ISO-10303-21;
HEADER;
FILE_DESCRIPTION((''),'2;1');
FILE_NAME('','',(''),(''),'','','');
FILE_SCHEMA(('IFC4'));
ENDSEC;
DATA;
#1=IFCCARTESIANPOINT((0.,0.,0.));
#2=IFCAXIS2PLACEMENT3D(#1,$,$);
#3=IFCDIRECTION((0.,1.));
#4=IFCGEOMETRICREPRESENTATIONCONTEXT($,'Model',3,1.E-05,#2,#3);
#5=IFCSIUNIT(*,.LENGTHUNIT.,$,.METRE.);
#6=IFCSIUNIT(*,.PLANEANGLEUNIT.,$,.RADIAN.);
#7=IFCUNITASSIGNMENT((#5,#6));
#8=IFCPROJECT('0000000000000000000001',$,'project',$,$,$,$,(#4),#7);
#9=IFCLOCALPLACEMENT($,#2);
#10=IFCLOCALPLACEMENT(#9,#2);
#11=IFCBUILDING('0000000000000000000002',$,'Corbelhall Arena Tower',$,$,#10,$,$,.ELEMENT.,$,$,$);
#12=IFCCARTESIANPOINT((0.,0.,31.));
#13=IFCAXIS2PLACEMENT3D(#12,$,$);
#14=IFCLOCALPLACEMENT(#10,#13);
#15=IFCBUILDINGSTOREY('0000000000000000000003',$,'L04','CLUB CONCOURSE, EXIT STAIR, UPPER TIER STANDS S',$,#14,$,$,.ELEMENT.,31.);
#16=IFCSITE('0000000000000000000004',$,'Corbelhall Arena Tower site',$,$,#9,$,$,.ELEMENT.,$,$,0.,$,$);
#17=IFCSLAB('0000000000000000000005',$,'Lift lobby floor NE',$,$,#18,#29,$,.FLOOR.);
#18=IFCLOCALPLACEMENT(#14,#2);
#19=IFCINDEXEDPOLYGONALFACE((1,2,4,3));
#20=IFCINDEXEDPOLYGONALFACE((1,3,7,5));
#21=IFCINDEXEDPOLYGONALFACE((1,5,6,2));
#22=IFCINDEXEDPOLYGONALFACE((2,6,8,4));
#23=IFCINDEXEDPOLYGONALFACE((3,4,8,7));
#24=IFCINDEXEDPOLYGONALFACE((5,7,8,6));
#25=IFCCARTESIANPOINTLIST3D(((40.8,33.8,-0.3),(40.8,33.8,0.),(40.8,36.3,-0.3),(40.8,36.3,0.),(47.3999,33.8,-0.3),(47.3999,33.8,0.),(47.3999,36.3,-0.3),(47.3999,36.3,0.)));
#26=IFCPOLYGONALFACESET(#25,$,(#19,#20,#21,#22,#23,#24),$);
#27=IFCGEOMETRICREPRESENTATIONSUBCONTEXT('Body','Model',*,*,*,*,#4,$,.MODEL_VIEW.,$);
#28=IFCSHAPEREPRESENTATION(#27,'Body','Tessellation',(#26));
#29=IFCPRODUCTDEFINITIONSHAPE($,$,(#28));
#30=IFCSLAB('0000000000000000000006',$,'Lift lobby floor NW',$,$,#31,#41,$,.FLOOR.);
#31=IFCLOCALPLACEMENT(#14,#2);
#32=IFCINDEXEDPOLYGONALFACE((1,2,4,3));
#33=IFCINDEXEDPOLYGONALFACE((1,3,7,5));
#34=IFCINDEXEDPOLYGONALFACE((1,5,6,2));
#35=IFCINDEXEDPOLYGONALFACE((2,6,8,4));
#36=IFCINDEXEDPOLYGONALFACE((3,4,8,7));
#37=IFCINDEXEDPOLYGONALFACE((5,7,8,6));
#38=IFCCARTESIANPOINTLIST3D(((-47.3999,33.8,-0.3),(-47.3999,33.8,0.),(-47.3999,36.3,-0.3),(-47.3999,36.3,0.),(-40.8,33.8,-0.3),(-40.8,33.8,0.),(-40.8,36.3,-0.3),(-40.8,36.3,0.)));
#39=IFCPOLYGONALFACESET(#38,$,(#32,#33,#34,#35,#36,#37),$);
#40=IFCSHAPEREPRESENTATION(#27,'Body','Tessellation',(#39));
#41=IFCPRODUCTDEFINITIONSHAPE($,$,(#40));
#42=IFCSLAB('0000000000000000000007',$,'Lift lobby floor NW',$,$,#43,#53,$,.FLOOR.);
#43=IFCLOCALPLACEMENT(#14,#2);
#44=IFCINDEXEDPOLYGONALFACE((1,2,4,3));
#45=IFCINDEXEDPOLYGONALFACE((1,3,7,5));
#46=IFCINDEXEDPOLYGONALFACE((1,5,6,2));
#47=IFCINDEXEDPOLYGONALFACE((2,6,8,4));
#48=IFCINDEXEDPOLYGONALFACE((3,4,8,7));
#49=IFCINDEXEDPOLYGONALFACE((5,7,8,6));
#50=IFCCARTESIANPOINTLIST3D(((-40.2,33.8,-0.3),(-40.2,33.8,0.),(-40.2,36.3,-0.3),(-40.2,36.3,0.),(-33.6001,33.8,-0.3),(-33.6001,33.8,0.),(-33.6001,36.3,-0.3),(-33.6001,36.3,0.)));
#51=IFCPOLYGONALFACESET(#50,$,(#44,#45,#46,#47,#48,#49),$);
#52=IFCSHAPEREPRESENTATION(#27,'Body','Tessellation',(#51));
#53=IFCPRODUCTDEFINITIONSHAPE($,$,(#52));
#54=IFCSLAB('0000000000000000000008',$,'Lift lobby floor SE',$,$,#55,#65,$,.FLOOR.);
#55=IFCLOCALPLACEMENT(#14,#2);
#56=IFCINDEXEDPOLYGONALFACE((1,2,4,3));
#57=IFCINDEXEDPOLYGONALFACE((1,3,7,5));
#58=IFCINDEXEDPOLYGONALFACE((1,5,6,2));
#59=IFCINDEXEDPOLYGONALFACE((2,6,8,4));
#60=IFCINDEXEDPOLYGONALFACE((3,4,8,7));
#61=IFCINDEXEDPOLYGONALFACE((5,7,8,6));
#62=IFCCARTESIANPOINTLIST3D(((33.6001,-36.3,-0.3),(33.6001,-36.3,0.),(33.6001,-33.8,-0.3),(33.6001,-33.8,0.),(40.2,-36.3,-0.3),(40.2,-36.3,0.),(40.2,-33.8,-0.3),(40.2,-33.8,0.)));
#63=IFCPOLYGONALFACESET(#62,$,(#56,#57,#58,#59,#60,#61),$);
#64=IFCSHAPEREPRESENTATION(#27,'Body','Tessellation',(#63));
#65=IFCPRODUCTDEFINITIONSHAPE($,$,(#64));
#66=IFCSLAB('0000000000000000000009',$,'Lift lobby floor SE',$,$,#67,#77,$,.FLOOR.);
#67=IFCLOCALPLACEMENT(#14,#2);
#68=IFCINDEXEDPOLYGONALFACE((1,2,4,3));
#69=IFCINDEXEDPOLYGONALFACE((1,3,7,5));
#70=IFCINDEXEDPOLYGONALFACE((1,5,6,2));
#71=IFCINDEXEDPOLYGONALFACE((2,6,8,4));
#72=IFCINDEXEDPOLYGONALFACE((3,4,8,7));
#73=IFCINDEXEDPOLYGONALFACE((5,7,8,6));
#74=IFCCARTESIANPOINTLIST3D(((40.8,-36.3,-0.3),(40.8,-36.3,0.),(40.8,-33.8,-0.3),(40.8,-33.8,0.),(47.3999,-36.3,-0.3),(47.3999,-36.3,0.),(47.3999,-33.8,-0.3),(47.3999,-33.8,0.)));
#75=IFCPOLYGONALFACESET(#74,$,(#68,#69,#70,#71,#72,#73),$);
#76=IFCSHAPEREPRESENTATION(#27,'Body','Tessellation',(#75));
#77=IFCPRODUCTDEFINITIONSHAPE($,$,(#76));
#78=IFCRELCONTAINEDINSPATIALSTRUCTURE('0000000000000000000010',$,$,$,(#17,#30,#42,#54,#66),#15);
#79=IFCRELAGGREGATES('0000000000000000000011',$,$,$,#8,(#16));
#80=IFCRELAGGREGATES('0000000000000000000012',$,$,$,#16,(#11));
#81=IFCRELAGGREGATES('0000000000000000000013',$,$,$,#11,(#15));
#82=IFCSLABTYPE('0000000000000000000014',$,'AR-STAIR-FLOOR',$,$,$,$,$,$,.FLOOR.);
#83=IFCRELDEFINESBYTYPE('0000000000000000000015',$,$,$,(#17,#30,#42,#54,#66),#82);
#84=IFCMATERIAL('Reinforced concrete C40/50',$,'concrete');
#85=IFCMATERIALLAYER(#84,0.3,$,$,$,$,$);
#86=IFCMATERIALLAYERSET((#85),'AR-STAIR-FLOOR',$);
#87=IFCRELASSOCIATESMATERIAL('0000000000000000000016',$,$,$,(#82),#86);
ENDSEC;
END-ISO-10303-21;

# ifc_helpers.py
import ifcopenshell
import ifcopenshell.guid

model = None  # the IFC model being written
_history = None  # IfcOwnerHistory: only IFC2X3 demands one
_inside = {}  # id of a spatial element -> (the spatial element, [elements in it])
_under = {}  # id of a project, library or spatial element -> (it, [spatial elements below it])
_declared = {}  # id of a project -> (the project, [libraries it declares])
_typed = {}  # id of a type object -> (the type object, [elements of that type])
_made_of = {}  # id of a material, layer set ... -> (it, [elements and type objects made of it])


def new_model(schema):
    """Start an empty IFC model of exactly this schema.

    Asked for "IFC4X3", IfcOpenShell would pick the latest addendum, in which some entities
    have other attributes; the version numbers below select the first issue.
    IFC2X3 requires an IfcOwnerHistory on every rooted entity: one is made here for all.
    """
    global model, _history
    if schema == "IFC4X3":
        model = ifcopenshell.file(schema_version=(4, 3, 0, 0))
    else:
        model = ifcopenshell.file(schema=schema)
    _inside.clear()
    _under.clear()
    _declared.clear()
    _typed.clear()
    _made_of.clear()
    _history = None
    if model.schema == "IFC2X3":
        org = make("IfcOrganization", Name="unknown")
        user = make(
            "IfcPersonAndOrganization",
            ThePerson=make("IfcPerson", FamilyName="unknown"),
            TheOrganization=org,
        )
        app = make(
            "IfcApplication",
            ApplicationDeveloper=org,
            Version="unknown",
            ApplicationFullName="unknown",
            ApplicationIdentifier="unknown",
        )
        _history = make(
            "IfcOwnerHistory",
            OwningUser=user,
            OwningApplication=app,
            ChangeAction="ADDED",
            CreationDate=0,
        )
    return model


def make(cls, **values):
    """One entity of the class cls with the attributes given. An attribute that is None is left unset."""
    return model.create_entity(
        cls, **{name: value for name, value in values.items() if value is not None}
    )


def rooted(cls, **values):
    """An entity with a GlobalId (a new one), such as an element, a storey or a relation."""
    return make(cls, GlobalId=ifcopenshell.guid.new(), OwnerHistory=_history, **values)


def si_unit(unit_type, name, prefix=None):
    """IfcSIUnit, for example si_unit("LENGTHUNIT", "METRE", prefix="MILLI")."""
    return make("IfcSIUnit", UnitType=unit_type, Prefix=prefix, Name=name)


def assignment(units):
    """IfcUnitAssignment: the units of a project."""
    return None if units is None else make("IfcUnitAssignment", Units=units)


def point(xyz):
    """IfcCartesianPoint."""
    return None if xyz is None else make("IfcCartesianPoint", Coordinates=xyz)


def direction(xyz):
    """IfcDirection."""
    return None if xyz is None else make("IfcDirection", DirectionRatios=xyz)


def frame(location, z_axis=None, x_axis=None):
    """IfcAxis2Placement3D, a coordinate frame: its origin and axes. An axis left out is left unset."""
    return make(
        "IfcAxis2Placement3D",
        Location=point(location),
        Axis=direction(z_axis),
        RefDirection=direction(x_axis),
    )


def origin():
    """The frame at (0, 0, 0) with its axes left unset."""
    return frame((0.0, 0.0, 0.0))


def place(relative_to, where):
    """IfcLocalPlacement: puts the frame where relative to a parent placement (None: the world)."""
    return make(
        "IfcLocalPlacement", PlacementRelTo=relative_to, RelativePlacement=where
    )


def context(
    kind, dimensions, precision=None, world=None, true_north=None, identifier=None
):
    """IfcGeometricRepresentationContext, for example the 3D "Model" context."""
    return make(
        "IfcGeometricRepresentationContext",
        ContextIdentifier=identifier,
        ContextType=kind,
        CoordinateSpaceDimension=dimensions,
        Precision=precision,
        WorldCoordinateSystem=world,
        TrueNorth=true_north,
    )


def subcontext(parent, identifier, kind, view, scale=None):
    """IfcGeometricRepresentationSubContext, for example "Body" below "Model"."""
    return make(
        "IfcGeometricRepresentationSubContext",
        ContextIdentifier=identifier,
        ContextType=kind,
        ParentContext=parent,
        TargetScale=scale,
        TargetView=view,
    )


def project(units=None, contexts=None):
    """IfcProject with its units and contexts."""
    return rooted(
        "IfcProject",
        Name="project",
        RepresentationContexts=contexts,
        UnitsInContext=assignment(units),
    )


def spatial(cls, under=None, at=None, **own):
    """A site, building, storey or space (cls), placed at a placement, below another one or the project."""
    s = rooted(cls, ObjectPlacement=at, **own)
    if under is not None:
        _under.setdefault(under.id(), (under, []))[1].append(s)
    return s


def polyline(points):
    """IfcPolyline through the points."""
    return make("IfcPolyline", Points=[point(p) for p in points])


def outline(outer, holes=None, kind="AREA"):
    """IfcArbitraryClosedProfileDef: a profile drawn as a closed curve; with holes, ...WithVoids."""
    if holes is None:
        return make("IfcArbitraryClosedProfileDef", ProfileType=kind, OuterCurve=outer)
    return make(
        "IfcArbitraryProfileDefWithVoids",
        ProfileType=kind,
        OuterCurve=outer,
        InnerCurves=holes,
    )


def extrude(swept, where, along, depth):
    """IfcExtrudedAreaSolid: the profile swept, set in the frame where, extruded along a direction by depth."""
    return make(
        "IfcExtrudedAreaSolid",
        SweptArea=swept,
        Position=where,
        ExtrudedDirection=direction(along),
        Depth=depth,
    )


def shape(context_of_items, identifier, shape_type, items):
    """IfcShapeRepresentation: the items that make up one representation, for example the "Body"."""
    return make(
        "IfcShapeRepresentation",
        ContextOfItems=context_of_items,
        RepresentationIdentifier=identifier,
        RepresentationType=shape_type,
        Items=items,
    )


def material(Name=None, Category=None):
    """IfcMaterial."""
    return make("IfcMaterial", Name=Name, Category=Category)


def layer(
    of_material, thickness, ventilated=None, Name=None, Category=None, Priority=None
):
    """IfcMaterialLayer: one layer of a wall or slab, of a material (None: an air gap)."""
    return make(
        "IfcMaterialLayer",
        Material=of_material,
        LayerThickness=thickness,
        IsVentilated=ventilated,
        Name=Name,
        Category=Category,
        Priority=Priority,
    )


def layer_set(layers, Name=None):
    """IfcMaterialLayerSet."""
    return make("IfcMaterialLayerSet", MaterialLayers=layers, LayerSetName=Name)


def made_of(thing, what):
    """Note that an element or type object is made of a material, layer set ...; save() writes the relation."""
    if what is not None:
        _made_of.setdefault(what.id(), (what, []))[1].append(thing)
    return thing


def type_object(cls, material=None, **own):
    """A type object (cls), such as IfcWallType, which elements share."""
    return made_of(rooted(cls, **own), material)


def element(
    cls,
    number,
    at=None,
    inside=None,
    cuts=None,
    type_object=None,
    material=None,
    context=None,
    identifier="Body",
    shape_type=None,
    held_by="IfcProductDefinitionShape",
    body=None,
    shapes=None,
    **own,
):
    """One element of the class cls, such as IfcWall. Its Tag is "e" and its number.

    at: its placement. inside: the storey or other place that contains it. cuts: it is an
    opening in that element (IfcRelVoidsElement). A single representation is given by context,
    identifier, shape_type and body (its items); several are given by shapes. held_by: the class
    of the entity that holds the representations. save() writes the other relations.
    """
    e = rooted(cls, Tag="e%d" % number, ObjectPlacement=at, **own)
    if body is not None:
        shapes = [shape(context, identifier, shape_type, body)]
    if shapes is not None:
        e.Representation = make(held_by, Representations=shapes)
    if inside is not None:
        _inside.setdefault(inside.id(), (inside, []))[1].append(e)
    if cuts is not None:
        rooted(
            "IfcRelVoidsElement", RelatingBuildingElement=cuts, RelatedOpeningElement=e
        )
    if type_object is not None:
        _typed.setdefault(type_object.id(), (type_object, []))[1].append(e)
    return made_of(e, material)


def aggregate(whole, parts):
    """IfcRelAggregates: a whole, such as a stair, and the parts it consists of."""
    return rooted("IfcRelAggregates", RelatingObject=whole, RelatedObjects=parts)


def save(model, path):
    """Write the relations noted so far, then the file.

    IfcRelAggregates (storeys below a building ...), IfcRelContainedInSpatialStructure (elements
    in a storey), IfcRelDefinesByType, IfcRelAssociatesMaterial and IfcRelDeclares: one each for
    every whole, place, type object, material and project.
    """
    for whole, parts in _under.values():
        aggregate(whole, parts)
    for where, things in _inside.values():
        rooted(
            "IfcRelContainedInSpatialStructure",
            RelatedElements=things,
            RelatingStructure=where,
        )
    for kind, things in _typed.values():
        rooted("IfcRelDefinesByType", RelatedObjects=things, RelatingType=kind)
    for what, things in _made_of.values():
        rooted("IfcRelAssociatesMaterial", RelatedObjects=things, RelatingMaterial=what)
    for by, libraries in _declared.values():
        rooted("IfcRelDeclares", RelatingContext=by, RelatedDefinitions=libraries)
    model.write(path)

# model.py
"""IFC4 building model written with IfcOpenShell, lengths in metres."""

from ifc_helpers import new_model, si_unit, direction, frame, origin, place, context, subcontext, project, spatial, polyline, outline, extrude, material, layer, layer_set, type_object, element, save


model = new_model("IFC4")

# Units and contexts
model_context = context("Model", 3, precision=1e-05, world=origin(), true_north=direction((0.0, 1.0)))
body_context = subcontext(model_context, "Body", "Model", "MODEL_VIEW")
ifc_project = project(units=[si_unit("LENGTHUNIT", "METRE"), si_unit("PLANEANGLEUNIT", "RADIAN")], contexts=[model_context])

# Site, building, storey
site_placement = place(None, origin())
site = spatial("IfcSite", under=ifc_project, at=site_placement, Name="Corbelhall Arena Tower site", CompositionType="ELEMENT", RefElevation=0.0)
building_placement = place(site_placement, origin())
building = spatial("IfcBuilding", under=site, at=building_placement, Name="Corbelhall Arena Tower", CompositionType="ELEMENT")
storey_placement = place(building_placement, frame((0.0, 0.0, 31.0)))
storey = spatial("IfcBuildingStorey", under=building, at=storey_placement, Name="L04", Description="CLUB CONCOURSE, EXIT STAIR, UPPER TIER STANDS S", CompositionType="ELEMENT", Elevation=31.0)

# Shared definitions
ifc_material = material(Name="Reinforced concrete C40/50", Category="concrete")

# Slabs
ifc_layer_1 = layer(ifc_material, 0.3)
ifc_layer_set_1 = layer_set([ifc_layer_1], Name="AR-STAIR-FLOOR")
slab_type_1 = type_object("IfcSlabType", Name="AR-STAIR-FLOOR", PredefinedType="FLOOR", material=ifc_layer_set_1)
slab_1_placement = place(storey_placement, frame((0.0, 0.0, -0.3)))
element("IfcSlab", 1, at=slab_1_placement, inside=storey, type_object=slab_type_1, Name="Lift lobby floor NE", PredefinedType="FLOOR", context=body_context, shape_type="SweptSolid", body=[
    extrude(outline(polyline([(47.3999, 33.8), (47.3999, 36.3), (40.8, 36.3), (40.8, 33.8), (47.3999, 33.8)])), origin(), (0.0, 0.0, 1.0), 0.3),
])
slab_2_placement = place(storey_placement, frame((0.0, 0.0, -0.3)))
element("IfcSlab", 2, at=slab_2_placement, inside=storey, type_object=slab_type_1, Name="Lift lobby floor NW", PredefinedType="FLOOR", context=body_context, shape_type="SweptSolid", body=[
    extrude(outline(polyline([(-40.8, 33.8), (-40.8, 36.3), (-47.3999, 36.3), (-47.3999, 33.8), (-40.8, 33.8)])), origin(), (0.0, 0.0, 1.0), 0.3),
])
slab_3_placement = place(storey_placement, frame((0.0, 0.0, -0.3)))
element("IfcSlab", 3, at=slab_3_placement, inside=storey, type_object=slab_type_1, Name="Lift lobby floor NW", PredefinedType="FLOOR", context=body_context, shape_type="SweptSolid", body=[
    extrude(outline(polyline([(-33.6001, 33.8), (-33.6001, 36.3), (-40.2, 36.3), (-40.2, 33.8), (-33.6001, 33.8)])), origin(), (0.0, 0.0, 1.0), 0.3),
])
slab_4_placement = place(storey_placement, frame((0.0, 0.0, -0.3)))
element("IfcSlab", 4, at=slab_4_placement, inside=storey, type_object=slab_type_1, Name="Lift lobby floor SE", PredefinedType="FLOOR", context=body_context, shape_type="SweptSolid", body=[
    extrude(outline(polyline([(40.2, -36.3), (40.2, -33.8), (33.6001, -33.8), (33.6001, -36.3), (40.2, -36.3)])), origin(), (0.0, 0.0, 1.0), 0.3),
])
slab_5_placement = place(storey_placement, frame((0.0, 0.0, -0.3)))
element("IfcSlab", 5, at=slab_5_placement, inside=storey, type_object=slab_type_1, Name="Lift lobby floor SE", PredefinedType="FLOOR", context=body_context, shape_type="SweptSolid", body=[
    extrude(outline(polyline([(47.3999, -36.3), (47.3999, -33.8), (40.8, -33.8), (40.8, -36.3), (47.3999, -36.3)])), origin(), (0.0, 0.0, 1.0), 0.3),
])

save(model, "model.ifc")
